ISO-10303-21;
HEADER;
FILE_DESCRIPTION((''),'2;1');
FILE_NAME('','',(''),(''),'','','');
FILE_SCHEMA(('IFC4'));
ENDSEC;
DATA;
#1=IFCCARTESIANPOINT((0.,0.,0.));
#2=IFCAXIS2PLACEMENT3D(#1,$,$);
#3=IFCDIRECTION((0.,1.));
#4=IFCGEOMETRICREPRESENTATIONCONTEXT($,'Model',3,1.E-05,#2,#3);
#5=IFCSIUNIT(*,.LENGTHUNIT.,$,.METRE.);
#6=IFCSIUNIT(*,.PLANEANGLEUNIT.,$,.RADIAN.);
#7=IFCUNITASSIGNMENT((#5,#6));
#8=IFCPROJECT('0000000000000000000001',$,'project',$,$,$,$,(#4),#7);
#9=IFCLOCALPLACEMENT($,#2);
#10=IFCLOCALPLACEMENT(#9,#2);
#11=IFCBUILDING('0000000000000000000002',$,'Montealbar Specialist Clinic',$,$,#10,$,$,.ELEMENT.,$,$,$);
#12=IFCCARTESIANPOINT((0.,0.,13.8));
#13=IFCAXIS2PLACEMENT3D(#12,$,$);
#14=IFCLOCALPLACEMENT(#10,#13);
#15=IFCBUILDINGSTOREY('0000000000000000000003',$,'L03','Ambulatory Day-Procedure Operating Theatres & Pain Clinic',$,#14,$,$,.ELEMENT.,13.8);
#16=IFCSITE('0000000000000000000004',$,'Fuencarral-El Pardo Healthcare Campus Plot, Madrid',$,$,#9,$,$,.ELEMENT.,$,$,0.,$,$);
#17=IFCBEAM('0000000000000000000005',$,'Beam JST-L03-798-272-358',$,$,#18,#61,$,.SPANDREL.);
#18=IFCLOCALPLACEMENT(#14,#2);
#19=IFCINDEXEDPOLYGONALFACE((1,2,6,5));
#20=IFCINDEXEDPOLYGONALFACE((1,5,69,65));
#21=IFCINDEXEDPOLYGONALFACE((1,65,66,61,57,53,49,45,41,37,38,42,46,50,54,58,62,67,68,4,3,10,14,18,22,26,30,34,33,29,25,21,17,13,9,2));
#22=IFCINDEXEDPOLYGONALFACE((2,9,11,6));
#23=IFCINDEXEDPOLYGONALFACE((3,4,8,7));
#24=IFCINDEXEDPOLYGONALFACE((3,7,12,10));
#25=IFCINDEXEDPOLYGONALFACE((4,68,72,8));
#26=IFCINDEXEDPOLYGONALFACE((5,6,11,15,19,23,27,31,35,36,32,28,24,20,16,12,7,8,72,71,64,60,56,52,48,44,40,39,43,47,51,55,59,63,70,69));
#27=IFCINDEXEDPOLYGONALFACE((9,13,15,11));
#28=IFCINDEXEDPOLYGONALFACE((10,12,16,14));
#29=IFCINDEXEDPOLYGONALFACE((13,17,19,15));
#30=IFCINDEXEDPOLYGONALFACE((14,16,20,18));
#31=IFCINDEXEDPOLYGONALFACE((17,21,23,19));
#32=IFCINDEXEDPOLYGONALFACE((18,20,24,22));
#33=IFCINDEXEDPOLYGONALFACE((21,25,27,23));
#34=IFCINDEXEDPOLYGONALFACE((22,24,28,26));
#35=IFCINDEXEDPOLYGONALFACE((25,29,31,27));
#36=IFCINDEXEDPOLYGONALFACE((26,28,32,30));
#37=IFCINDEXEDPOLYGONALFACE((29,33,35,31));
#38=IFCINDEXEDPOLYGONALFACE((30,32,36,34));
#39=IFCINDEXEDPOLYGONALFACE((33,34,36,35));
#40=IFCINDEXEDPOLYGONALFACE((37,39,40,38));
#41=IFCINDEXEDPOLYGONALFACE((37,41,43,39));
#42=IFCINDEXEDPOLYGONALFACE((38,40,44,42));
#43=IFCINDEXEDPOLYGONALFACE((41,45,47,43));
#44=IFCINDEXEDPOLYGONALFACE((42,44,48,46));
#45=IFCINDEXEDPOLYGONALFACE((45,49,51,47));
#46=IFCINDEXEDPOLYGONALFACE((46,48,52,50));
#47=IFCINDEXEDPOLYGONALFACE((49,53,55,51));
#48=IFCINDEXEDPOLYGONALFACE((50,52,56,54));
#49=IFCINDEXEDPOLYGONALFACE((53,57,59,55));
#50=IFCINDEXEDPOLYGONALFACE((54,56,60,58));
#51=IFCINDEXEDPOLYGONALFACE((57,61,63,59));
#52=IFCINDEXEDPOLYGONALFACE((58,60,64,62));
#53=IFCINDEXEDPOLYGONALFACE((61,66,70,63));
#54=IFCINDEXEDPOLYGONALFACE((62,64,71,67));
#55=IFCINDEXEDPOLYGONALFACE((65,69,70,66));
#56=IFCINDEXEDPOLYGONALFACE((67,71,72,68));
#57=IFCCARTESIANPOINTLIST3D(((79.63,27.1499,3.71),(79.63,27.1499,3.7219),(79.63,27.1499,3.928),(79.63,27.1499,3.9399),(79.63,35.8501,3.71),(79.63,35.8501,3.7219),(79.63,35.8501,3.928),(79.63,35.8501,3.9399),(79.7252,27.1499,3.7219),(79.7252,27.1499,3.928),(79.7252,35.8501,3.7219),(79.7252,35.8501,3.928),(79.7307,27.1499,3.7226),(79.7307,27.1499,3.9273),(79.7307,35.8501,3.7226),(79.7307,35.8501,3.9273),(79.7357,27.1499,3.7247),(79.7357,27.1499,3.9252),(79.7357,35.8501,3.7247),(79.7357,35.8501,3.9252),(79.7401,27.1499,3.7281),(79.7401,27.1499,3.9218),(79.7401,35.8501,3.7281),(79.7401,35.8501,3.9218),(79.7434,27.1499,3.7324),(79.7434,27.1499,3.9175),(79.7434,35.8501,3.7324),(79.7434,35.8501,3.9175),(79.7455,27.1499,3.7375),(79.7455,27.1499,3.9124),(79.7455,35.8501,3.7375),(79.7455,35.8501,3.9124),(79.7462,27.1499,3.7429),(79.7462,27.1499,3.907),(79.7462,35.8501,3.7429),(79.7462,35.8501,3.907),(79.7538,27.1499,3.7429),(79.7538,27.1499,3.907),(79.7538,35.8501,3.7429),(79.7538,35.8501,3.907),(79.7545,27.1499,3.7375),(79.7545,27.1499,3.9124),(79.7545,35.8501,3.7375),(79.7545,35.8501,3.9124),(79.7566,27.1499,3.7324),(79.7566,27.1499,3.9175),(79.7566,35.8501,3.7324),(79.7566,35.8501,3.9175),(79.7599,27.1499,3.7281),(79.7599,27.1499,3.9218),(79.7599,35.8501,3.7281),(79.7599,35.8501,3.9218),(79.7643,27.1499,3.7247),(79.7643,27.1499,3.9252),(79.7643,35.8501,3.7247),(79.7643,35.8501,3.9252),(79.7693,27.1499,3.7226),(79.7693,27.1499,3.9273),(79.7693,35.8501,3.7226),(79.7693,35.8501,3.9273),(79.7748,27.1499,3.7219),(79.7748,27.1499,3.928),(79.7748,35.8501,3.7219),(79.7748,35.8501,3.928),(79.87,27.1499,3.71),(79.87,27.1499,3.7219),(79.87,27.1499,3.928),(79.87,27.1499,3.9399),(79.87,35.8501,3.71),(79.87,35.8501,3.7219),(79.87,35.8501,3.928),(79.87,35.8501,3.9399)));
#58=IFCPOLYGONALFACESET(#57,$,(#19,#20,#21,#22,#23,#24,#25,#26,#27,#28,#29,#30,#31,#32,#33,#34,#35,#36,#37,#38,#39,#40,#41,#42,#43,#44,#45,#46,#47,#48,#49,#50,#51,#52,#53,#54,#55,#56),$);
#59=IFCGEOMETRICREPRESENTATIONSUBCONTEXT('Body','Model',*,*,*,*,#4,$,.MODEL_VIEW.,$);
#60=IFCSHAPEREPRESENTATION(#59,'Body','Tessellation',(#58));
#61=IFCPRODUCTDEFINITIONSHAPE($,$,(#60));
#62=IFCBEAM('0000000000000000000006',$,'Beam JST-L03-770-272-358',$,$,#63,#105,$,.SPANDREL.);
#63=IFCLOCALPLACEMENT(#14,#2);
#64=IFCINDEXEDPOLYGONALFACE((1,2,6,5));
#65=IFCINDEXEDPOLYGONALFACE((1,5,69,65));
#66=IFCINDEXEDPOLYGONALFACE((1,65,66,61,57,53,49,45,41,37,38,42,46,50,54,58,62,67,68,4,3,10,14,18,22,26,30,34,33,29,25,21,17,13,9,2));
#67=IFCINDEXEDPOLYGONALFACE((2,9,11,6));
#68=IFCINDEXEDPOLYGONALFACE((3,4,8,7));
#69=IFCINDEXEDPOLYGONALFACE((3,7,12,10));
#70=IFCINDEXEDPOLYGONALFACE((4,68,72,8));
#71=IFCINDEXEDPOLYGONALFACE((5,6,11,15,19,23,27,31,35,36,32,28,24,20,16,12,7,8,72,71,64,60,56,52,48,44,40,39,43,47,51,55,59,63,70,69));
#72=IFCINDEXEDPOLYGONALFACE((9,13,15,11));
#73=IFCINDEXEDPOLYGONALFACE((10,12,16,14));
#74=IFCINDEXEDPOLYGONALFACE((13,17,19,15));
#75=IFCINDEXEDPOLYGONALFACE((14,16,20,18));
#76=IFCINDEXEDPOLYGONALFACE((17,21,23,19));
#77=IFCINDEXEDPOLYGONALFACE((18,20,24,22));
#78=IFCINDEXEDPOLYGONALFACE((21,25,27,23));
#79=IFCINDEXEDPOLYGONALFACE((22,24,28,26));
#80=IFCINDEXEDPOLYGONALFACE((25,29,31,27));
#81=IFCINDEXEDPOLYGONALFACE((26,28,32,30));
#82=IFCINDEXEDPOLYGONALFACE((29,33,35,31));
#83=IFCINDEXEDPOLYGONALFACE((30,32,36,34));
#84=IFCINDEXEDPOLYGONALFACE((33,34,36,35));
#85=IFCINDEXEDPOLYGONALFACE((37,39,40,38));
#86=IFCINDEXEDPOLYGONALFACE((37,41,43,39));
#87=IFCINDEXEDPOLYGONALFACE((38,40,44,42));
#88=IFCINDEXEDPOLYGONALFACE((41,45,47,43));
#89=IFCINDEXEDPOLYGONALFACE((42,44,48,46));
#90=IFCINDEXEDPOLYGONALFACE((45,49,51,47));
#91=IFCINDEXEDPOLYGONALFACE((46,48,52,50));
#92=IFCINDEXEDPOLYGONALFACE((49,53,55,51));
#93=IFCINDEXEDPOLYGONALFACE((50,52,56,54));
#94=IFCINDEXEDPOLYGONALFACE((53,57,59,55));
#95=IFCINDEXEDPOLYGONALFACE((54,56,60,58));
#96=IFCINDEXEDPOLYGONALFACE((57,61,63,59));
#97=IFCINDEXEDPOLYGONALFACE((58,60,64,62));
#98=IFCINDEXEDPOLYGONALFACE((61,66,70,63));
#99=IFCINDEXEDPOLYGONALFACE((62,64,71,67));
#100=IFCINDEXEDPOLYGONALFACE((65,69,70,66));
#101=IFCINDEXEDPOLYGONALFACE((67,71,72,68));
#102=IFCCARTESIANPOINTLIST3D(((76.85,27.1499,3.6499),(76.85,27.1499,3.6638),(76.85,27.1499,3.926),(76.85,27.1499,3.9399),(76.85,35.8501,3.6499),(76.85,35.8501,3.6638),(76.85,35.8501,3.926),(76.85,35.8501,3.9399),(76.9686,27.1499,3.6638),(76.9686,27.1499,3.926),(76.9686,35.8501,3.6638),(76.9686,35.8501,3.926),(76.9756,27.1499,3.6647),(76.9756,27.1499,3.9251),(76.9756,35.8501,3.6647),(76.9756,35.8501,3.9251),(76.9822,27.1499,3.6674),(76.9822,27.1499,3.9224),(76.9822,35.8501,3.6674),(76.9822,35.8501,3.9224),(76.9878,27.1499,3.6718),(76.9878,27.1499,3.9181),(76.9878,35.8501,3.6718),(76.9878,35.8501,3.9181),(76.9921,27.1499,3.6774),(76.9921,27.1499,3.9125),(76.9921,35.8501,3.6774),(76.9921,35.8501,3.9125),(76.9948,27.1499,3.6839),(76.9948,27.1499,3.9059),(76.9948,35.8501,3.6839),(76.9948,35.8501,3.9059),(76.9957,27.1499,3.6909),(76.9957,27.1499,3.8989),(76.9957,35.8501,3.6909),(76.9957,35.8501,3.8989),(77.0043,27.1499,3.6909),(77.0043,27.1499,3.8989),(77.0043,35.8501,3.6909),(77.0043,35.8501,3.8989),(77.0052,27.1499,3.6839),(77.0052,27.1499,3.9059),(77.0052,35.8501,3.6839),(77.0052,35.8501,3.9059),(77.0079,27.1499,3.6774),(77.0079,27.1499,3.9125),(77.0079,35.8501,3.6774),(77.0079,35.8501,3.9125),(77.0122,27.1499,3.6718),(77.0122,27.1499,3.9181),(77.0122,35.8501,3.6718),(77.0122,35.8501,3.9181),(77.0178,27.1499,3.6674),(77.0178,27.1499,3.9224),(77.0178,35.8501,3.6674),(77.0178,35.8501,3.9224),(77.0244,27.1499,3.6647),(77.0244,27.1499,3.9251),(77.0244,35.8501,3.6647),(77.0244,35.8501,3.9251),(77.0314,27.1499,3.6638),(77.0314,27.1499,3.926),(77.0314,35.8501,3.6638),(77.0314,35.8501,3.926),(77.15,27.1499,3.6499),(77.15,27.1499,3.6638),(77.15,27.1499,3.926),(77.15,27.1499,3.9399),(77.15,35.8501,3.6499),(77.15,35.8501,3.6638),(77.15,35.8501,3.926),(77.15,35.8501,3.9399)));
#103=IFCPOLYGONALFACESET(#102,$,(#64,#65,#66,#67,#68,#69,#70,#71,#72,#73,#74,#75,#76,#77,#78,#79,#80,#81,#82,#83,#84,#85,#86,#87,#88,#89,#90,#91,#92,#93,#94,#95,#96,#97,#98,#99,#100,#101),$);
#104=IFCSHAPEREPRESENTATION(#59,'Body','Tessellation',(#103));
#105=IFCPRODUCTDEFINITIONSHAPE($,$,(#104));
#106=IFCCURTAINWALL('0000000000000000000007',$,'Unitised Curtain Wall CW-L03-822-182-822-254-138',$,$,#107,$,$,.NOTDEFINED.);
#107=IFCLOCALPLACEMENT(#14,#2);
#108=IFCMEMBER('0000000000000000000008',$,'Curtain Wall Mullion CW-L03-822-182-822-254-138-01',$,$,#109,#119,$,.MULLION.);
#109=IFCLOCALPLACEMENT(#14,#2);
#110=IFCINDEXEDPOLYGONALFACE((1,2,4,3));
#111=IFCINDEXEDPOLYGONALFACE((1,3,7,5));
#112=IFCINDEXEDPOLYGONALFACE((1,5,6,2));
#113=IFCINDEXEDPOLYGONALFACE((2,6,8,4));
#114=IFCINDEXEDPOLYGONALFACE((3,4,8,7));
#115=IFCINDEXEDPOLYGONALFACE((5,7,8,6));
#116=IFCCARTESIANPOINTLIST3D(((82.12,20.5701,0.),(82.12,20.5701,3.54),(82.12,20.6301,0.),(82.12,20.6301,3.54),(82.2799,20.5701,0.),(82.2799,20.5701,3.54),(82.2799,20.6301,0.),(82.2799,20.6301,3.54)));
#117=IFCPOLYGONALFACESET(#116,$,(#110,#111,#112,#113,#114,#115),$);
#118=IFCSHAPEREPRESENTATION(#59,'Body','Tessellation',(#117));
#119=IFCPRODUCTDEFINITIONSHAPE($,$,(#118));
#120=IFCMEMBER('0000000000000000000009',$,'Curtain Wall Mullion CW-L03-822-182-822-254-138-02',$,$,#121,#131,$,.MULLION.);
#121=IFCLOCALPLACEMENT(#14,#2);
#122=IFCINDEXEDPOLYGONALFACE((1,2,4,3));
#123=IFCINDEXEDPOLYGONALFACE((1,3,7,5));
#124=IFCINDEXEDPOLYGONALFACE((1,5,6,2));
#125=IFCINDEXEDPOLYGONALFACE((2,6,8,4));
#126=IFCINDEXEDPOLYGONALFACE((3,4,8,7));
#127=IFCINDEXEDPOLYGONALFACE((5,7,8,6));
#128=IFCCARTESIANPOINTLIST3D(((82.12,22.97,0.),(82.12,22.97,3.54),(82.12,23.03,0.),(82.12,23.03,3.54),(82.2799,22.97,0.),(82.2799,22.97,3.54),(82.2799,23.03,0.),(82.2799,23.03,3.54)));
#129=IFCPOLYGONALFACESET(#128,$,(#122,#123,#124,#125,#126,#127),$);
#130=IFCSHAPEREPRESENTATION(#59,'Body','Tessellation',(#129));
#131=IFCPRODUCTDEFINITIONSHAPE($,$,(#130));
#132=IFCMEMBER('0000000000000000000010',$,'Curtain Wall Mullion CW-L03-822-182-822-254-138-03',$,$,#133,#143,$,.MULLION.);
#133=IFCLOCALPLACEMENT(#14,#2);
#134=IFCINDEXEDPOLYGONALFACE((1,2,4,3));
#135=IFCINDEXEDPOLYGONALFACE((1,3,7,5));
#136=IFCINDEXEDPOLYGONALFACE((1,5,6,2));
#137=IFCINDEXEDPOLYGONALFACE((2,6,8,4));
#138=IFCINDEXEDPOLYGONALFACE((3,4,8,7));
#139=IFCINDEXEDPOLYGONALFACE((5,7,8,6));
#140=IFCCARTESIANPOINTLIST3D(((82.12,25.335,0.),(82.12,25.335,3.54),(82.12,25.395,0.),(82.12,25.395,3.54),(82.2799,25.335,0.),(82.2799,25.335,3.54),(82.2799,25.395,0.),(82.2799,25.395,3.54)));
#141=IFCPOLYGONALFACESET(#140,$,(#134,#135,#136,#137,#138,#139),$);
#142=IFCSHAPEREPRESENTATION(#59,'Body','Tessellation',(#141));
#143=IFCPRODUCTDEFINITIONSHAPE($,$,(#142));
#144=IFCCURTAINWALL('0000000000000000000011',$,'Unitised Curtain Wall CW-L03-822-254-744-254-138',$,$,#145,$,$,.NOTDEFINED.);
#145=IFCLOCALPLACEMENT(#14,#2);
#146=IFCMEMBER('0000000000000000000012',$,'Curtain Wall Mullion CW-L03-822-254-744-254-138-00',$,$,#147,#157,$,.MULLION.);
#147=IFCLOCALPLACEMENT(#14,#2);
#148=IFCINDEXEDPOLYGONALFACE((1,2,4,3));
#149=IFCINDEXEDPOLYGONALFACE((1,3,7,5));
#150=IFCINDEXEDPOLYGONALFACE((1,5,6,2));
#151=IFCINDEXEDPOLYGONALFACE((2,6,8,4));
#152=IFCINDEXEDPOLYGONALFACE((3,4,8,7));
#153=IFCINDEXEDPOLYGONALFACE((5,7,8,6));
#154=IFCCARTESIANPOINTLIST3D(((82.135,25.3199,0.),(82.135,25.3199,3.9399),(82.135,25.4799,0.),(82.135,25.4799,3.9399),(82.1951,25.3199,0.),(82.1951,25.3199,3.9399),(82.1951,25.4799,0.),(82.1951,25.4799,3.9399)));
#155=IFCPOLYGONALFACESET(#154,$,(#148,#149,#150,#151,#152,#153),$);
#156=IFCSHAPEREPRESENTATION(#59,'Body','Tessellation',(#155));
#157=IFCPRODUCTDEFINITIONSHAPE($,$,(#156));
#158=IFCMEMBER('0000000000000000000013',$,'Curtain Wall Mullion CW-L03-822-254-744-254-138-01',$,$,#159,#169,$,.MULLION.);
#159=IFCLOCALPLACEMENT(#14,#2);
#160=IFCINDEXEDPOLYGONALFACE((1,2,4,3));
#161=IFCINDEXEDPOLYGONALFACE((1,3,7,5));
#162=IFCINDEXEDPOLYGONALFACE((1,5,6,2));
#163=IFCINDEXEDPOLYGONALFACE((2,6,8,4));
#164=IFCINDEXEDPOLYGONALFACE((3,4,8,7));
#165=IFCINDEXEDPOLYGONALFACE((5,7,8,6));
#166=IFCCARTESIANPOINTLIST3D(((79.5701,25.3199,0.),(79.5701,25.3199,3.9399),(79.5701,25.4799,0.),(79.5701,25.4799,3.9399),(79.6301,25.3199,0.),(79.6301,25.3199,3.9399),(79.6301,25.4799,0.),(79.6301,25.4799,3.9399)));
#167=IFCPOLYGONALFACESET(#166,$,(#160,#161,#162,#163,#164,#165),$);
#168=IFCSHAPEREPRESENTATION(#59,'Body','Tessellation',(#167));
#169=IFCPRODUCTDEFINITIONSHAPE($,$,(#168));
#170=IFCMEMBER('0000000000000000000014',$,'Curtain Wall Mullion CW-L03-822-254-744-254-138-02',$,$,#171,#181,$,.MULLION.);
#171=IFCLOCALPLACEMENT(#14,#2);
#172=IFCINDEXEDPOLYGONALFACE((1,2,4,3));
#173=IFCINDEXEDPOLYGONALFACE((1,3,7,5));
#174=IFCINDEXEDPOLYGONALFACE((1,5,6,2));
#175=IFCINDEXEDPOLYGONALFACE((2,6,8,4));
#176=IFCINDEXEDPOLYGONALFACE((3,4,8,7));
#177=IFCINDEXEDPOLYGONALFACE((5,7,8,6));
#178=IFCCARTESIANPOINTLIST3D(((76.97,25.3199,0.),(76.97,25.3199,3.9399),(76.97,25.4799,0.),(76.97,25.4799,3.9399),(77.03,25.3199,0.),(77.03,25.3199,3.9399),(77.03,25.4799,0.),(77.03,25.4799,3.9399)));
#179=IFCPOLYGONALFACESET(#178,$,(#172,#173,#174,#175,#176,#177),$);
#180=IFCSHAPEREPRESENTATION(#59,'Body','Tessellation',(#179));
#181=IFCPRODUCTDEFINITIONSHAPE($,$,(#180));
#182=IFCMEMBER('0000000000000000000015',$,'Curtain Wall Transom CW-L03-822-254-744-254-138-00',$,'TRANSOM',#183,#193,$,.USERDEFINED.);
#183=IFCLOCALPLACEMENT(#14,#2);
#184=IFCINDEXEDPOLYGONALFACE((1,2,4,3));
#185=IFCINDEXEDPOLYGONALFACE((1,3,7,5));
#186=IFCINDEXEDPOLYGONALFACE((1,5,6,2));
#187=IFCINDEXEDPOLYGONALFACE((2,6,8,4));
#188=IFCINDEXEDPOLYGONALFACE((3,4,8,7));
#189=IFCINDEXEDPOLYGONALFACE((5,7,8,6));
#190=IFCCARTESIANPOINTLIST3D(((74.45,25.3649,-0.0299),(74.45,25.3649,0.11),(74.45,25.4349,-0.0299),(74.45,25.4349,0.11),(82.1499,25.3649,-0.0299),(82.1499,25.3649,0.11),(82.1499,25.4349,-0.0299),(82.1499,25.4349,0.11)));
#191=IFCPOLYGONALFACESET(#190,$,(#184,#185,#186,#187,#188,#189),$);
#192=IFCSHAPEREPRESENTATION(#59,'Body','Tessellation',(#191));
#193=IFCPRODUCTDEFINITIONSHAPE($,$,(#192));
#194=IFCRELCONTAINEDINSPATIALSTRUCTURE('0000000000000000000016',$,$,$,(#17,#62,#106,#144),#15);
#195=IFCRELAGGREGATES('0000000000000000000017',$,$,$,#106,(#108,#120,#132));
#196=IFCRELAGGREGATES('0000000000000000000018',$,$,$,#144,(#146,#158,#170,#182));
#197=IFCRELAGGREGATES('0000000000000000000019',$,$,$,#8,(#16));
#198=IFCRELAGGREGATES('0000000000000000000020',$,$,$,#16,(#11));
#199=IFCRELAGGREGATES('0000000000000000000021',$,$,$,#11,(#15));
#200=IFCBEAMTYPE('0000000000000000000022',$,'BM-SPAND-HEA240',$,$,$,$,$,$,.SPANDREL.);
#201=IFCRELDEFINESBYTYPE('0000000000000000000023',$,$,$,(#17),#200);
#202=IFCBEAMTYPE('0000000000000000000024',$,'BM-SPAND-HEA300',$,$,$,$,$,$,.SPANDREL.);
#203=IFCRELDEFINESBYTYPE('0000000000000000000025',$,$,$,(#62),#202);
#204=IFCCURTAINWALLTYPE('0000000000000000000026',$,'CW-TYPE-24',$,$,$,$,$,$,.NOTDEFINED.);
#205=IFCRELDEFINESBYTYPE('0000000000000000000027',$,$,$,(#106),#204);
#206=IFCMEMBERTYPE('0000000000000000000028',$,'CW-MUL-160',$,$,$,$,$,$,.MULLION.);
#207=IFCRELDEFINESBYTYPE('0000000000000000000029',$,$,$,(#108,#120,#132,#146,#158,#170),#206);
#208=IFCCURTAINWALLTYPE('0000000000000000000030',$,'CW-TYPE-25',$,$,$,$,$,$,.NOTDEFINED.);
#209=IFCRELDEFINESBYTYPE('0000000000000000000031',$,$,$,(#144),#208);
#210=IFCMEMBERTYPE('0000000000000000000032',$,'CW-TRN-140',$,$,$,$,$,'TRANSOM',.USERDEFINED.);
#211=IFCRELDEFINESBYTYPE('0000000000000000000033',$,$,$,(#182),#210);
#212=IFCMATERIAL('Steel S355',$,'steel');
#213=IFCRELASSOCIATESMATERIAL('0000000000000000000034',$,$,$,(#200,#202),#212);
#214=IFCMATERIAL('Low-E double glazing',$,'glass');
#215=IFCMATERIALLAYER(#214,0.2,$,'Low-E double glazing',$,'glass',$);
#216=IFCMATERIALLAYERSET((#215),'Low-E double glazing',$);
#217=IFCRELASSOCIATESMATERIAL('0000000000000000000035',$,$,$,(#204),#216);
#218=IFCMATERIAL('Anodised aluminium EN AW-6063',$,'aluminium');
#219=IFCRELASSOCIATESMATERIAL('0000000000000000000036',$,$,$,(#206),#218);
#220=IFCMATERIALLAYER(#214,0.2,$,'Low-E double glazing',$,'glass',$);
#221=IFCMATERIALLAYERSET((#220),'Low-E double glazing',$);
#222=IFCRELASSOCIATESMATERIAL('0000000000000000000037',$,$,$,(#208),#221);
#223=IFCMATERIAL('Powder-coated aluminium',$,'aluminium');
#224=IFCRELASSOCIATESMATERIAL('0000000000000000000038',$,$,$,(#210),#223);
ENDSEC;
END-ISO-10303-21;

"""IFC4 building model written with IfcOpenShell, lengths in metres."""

from ifc_helpers import new_model, si_unit, direction, frame, origin, origin_2d, place, context, subcontext, project, spatial, rectangle, i_section, extrude, material, layer, layer_set, material_profile, profile_set, type_object, element, aggregate, save


model = new_model("IFC4")

# Units and contexts
model_context = context("Model", 3, precision=1e-05, world=origin(), true_north=direction((0.0, 1.0)))
body_context = subcontext(model_context, "Body", "Model", "MODEL_VIEW")
ifc_project = project(units=[si_unit("LENGTHUNIT", "METRE"), si_unit("PLANEANGLEUNIT", "RADIAN")], contexts=[model_context])

# Site, building, storey
site_placement = place(None, origin())
site = spatial("IfcSite", under=ifc_project, at=site_placement, Name="Fuencarral-El Pardo Healthcare Campus Plot, Madrid", CompositionType="ELEMENT", RefElevation=0.0)
building_placement = place(site_placement, origin())
building = spatial("IfcBuilding", under=site, at=building_placement, Name="Montealbar Specialist Clinic", CompositionType="ELEMENT")
storey_placement = place(building_placement, frame((0.0, 0.0, 13.8)))
storey = spatial("IfcBuildingStorey", under=building, at=storey_placement, Name="L03", Description="Ambulatory Day-Procedure Operating Theatres & Pain Clinic", CompositionType="ELEMENT", Elevation=13.8)

# Shared definitions
ifc_material_1 = material(Name="Steel S355", Category="steel")

# Beams
ifc_material_profile_1 = material_profile(ifc_material_1, i_section(OverallWidth=0.24, OverallDepth=0.23, WebThickness=0.0076, FlangeThickness=0.012, FilletRadius=0.021, at=origin_2d()), Name="HEA 240", Category="steel")
ifc_profile_set_1 = profile_set([ifc_material_profile_1], Name="Steel S355")
beam_type_1 = type_object("IfcBeamType", Name="BM-SPAND-HEA240", PredefinedType="SPANDREL", material=ifc_profile_set_1)
beam_1_placement = place(storey_placement, frame((79.75, 27.1499, 3.825), z_axis=(0.0, 1.0, 0.0), x_axis=(-1.0, 0.0, 0.0)))
element("IfcBeam", 1, at=beam_1_placement, inside=storey, type_object=beam_type_1, Name="Beam JST-L03-798-272-358", PredefinedType="SPANDREL", context=body_context, shape_type="SweptSolid", body=[
    extrude(i_section(OverallWidth=0.24, OverallDepth=0.23, WebThickness=0.0076, FlangeThickness=0.012, FilletRadius=0.021, at=origin_2d()), origin(), (0.0, 0.0, 1.0), 8.7002),
])
ifc_material_profile_2 = material_profile(ifc_material_1, i_section(OverallWidth=0.3, OverallDepth=0.29, WebThickness=0.0085, FlangeThickness=0.0139, FilletRadius=0.0271, at=origin_2d()), Name="HEA 300", Category="steel")
ifc_profile_set_2 = profile_set([ifc_material_profile_2], Name="Steel S355")
beam_type_2 = type_object("IfcBeamType", Name="BM-SPAND-HEA300", PredefinedType="SPANDREL", material=ifc_profile_set_2)
beam_2_placement = place(storey_placement, frame((77.0, 27.1499, 3.7949), z_axis=(0.0, 1.0, 0.0), x_axis=(-1.0, 0.0, 0.0)))
element("IfcBeam", 2, at=beam_2_placement, inside=storey, type_object=beam_type_2, Name="Beam JST-L03-770-272-358", PredefinedType="SPANDREL", context=body_context, shape_type="SweptSolid", body=[
    extrude(i_section(OverallWidth=0.3, OverallDepth=0.29, WebThickness=0.0085, FlangeThickness=0.0139, FilletRadius=0.0271, at=origin_2d()), origin(), (0.0, 0.0, 1.0), 8.7002),
])

# Curtain walls, members
ifc_material_2 = material(Name="Low-E double glazing", Category="glass")
ifc_layer_1 = layer(ifc_material_2, 0.2, Name="Low-E double glazing", Category="glass")
ifc_layer_set_1 = layer_set([ifc_layer_1], Name="Low-E double glazing")
curtain_wall_type_1 = type_object("IfcCurtainWallType", Name="CW-TYPE-24", PredefinedType="NOTDEFINED", material=ifc_layer_set_1)
curtain_wall_1_placement = place(storey_placement, origin())
curtain_wall_1 = element("IfcCurtainWall", 3, at=curtain_wall_1_placement, inside=storey, type_object=curtain_wall_type_1, Name="Unitised Curtain Wall CW-L03-822-182-822-254-138", PredefinedType="NOTDEFINED")
ifc_material_3 = material(Name="Anodised aluminium EN AW-6063", Category="aluminium")
ifc_material_profile_3 = material_profile(ifc_material_3, rectangle(XDim=0.0601, YDim=0.1599, at=origin_2d()), Name="ALU 60x160", Category="aluminium")
ifc_profile_set_3 = profile_set([ifc_material_profile_3], Name="Anodised aluminium EN AW-6063")
member_type_1 = type_object("IfcMemberType", Name="CW-MUL-160", PredefinedType="MULLION", material=ifc_profile_set_3)
member_1_placement = place(storey_placement, frame((82.2, 20.6001, 0.0), z_axis=(0.0, 0.0, 1.0), x_axis=(0.0, 1.0, 0.0)))
member_1 = element("IfcMember", 4, at=member_1_placement, type_object=member_type_1, Name="Curtain Wall Mullion CW-L03-822-182-822-254-138-01", PredefinedType="MULLION", context=body_context, shape_type="SweptSolid", body=[
    extrude(rectangle(XDim=0.0601, YDim=0.1599, at=origin_2d()), origin(), (0.0, 0.0, 1.0), 3.54),
])
member_2_placement = place(storey_placement, frame((82.2, 23.0, 0.0), z_axis=(0.0, 0.0, 1.0), x_axis=(0.0, 1.0, 0.0)))
member_2 = element("IfcMember", 5, at=member_2_placement, type_object=member_type_1, Name="Curtain Wall Mullion CW-L03-822-182-822-254-138-02", PredefinedType="MULLION", context=body_context, shape_type="SweptSolid", body=[
    extrude(rectangle(XDim=0.0601, YDim=0.1599, at=origin_2d()), origin(), (0.0, 0.0, 1.0), 3.54),
])
member_3_placement = place(storey_placement, frame((82.2, 25.365, 0.0), z_axis=(0.0, 0.0, 1.0), x_axis=(0.0, 1.0, 0.0)))
member_3 = element("IfcMember", 6, at=member_3_placement, type_object=member_type_1, Name="Curtain Wall Mullion CW-L03-822-182-822-254-138-03", PredefinedType="MULLION", context=body_context, shape_type="SweptSolid", body=[
    extrude(rectangle(XDim=0.0601, YDim=0.1599, at=origin_2d()), origin(), (0.0, 0.0, 1.0), 3.54),
])
ifc_layer_2 = layer(ifc_material_2, 0.2, Name="Low-E double glazing", Category="glass")
ifc_layer_set_2 = layer_set([ifc_layer_2], Name="Low-E double glazing")
curtain_wall_type_2 = type_object("IfcCurtainWallType", Name="CW-TYPE-25", PredefinedType="NOTDEFINED", material=ifc_layer_set_2)
curtain_wall_2_placement = place(storey_placement, origin())
curtain_wall_2 = element("IfcCurtainWall", 7, at=curtain_wall_2_placement, inside=storey, type_object=curtain_wall_type_2, Name="Unitised Curtain Wall CW-L03-822-254-744-254-138", PredefinedType="NOTDEFINED")
member_4_placement = place(storey_placement, frame((82.165, 25.3999, 0.0), z_axis=(0.0, 0.0, 1.0), x_axis=(-1.0, 0.0, 0.0)))
member_4 = element("IfcMember", 8, at=member_4_placement, type_object=member_type_1, Name="Curtain Wall Mullion CW-L03-822-254-744-254-138-00", PredefinedType="MULLION", context=body_context, shape_type="SweptSolid", body=[
    extrude(rectangle(XDim=0.0601, YDim=0.1599, at=origin_2d()), origin(), (0.0, 0.0, 1.0), 3.9399),
])
member_5_placement = place(storey_placement, frame((79.6001, 25.3999, 0.0), z_axis=(0.0, 0.0, 1.0), x_axis=(-1.0, 0.0, 0.0)))
member_5 = element("IfcMember", 9, at=member_5_placement, type_object=member_type_1, Name="Curtain Wall Mullion CW-L03-822-254-744-254-138-01", PredefinedType="MULLION", context=body_context, shape_type="SweptSolid", body=[
    extrude(rectangle(XDim=0.0601, YDim=0.1599, at=origin_2d()), origin(), (0.0, 0.0, 1.0), 3.9399),
])
member_6_placement = place(storey_placement, frame((77.0, 25.3999, 0.0), z_axis=(0.0, 0.0, 1.0), x_axis=(-1.0, 0.0, 0.0)))
member_6 = element("IfcMember", 10, at=member_6_placement, type_object=member_type_1, Name="Curtain Wall Mullion CW-L03-822-254-744-254-138-02", PredefinedType="MULLION", context=body_context, shape_type="SweptSolid", body=[
    extrude(rectangle(XDim=0.0601, YDim=0.1599, at=origin_2d()), origin(), (0.0, 0.0, 1.0), 3.9399),
])
ifc_material_4 = material(Name="Powder-coated aluminium", Category="aluminium")
ifc_material_profile_4 = material_profile(ifc_material_4, rectangle(XDim=0.0701, YDim=0.1399, at=origin_2d()), Name="ALU 70x140", Category="aluminium")
ifc_profile_set_4 = profile_set([ifc_material_profile_4], Name="Powder-coated aluminium")
member_type_2 = type_object("IfcMemberType", Name="CW-TRN-140", ElementType="TRANSOM", PredefinedType="USERDEFINED", material=ifc_profile_set_4)
member_7_placement = place(storey_placement, frame((82.1499, 25.3999, 0.04), z_axis=(-1.0, 0.0, 0.0), x_axis=(0.0, -1.0, 0.0)))
member_7 = element("IfcMember", 11, at=member_7_placement, type_object=member_type_2, Name="Curtain Wall Transom CW-L03-822-254-744-254-138-00", ObjectType="TRANSOM", PredefinedType="USERDEFINED", context=body_context, shape_type="SweptSolid", body=[
    extrude(rectangle(XDim=0.0701, YDim=0.1399, at=origin_2d()), origin(), (0.0, 0.0, 1.0), 7.7),
])

aggregate(curtain_wall_1, [member_1, member_2, member_3])
aggregate(curtain_wall_2, [member_4, member_5, member_6, member_7])

save(model, "model.ifc")
